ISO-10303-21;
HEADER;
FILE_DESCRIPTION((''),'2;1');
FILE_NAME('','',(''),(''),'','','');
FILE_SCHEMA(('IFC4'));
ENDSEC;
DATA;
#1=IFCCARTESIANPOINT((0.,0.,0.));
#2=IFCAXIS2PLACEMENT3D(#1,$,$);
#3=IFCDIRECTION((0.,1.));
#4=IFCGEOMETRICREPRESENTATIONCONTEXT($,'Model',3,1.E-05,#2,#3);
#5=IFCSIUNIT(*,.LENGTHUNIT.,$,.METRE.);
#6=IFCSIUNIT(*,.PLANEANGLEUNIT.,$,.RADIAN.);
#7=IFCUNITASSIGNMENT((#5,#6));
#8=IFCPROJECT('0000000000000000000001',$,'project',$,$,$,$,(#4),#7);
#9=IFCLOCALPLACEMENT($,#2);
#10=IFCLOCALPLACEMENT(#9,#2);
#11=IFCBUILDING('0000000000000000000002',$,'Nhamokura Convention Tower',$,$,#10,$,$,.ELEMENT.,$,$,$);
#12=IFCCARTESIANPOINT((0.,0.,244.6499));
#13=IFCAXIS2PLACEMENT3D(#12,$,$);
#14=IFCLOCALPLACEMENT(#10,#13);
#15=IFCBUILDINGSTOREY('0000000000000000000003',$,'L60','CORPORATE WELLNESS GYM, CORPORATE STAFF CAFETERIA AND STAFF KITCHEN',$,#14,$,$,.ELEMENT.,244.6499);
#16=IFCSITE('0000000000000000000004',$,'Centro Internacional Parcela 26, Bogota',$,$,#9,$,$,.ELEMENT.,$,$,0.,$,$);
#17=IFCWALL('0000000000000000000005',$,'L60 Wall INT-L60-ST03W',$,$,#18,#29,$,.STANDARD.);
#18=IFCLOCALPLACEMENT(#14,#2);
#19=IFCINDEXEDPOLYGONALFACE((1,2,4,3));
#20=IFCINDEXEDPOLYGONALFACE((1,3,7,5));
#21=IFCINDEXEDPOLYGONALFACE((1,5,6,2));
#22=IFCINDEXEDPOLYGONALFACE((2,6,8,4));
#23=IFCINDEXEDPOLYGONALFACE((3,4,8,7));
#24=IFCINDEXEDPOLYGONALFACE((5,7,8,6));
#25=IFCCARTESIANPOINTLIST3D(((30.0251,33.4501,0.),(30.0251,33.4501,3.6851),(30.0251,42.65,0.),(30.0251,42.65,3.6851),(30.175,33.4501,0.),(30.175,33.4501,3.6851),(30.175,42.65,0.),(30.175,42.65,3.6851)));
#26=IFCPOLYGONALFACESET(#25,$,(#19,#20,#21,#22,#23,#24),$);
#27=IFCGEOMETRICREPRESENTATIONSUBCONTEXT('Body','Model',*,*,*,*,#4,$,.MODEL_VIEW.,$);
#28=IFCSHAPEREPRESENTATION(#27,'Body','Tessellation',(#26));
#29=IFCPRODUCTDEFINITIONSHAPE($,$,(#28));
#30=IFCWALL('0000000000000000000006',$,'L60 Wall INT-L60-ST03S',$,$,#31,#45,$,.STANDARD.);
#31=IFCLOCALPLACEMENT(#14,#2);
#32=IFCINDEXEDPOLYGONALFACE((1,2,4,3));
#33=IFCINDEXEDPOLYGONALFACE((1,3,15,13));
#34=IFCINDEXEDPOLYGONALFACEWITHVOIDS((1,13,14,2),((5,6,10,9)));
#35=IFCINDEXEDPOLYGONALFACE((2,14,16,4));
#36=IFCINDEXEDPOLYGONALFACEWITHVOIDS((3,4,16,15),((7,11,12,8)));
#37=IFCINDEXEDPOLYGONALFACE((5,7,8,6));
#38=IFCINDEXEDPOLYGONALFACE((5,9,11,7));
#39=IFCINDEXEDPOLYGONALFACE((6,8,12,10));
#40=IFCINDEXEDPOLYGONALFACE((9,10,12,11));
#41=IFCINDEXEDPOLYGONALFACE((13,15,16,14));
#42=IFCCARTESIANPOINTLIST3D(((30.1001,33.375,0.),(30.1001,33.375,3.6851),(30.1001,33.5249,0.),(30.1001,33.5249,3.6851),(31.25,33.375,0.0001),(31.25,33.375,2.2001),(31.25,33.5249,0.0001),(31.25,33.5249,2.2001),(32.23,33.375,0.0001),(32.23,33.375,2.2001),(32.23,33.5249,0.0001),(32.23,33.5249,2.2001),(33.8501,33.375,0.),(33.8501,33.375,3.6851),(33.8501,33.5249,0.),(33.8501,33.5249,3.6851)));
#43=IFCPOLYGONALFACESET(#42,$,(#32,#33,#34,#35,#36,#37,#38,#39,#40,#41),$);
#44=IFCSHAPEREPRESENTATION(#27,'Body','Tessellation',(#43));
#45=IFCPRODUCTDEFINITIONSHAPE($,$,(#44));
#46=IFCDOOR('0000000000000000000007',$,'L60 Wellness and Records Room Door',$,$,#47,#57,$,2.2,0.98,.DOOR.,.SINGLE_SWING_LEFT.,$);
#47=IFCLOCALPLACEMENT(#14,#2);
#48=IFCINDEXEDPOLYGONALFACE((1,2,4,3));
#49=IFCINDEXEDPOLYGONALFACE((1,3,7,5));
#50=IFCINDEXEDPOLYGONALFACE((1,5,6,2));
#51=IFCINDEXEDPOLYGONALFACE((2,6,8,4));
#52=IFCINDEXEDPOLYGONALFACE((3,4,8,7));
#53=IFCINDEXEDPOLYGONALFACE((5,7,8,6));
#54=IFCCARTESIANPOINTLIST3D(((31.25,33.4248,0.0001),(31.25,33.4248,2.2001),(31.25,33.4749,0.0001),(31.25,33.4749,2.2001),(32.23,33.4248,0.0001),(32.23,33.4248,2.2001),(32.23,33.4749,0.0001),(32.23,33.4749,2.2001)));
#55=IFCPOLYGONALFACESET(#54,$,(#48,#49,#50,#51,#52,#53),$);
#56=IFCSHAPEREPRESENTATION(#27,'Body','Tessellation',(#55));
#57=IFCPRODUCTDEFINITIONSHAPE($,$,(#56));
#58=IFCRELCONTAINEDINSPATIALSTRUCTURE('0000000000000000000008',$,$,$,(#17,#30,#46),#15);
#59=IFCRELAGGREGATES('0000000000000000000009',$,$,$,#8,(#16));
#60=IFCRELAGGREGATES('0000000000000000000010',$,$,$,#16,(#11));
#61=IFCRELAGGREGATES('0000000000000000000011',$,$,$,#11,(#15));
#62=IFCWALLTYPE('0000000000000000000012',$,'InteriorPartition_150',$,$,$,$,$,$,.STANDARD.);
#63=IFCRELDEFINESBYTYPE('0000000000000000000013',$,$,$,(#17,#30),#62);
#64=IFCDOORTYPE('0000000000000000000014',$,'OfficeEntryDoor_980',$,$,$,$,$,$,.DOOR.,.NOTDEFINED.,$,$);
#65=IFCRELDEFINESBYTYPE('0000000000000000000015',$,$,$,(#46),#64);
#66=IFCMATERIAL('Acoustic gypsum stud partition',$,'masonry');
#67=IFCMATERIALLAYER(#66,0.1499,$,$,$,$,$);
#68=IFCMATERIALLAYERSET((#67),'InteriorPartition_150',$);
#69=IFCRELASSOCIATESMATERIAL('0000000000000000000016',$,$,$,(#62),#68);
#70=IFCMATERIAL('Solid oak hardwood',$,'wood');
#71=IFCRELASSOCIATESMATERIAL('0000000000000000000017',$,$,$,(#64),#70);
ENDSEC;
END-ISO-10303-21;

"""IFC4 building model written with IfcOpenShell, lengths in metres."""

from ifc_helpers import new_model, si_unit, direction, frame, frame_2d, origin, place, context, subcontext, project, spatial, rectangle, extrude, material, layer, layer_set, type_object, element, fill, save


model = new_model("IFC4")

# Units and contexts
model_context = context("Model", 3, precision=1e-05, world=origin(), true_north=direction((0.0, 1.0)))
body_context = subcontext(model_context, "Body", "Model", "MODEL_VIEW")
ifc_project = project(units=[si_unit("LENGTHUNIT", "METRE"), si_unit("PLANEANGLEUNIT", "RADIAN")], contexts=[model_context])

# Site, building, storey
site_placement = place(None, origin())
site = spatial("IfcSite", under=ifc_project, at=site_placement, Name="Centro Internacional Parcela 26, Bogota", CompositionType="ELEMENT", RefElevation=0.0)
building_placement = place(site_placement, origin())
building = spatial("IfcBuilding", under=site, at=building_placement, Name="Nhamokura Convention Tower", CompositionType="ELEMENT")
storey_placement = place(building_placement, frame((0.0, 0.0, 244.6499)))
storey = spatial("IfcBuildingStorey", under=building, at=storey_placement, Name="L60", Description="CORPORATE WELLNESS GYM, CORPORATE STAFF CAFETERIA AND STAFF KITCHEN", CompositionType="ELEMENT", Elevation=244.6499)

# Wall
ifc_material_1 = material(Name="Acoustic gypsum stud partition", Category="masonry")
ifc_layer_1 = layer(ifc_material_1, 0.1499)
ifc_layer_set_1 = layer_set([ifc_layer_1], Name="InteriorPartition_150")
wall_type_1 = type_object("IfcWallType", Name="InteriorPartition_150", PredefinedType="STANDARD", material=ifc_layer_set_1)
wall_1_placement = place(storey_placement, frame((30.1001, 33.45, 0.0), z_axis=(0.0, 0.0, 1.0), x_axis=(0.0, 1.0, 0.0)))
element("IfcWall", 1, at=wall_1_placement, inside=storey, type_object=wall_type_1, Name="L60 Wall INT-L60-ST03W", PredefinedType="STANDARD", context=body_context, shape_type="SweptSolid", body=[
    extrude(rectangle(XDim=9.2, YDim=0.1499, at=frame_2d((4.6001, 0.0))), origin(), (0.0, 0.0, 1.0), 3.6851),
])

# Wall, opening, door
wall_2_placement = place(storey_placement, frame((30.1001, 33.45, 0.0), z_axis=(0.0, 0.0, 1.0), x_axis=(1.0, 0.0, 0.0)))
wall_2 = element("IfcWall", 2, at=wall_2_placement, inside=storey, type_object=wall_type_1, Name="L60 Wall INT-L60-ST03S", PredefinedType="STANDARD", context=body_context, shape_type="SweptSolid", body=[
    extrude(rectangle(XDim=3.75, YDim=0.1499, at=frame_2d((1.875, 0.0))), origin(), (0.0, 0.0, 1.0), 3.6851),
])
opening_1_placement = place(wall_2_placement, frame((1.1499, 0.0, 0.0)))
opening_1 = element("IfcOpeningElement", 3, at=opening_1_placement, cuts=wall_2, PredefinedType="OPENING", context=body_context, shape_type="SweptSolid", body=[
    extrude(rectangle(XDim=0.98, YDim=2.2, at=frame_2d((0.49, 1.1001))), frame((0.0, 0.085, 0.0), z_axis=(0.0, -1.0, 0.0), x_axis=(1.0, 0.0, 0.0)), (0.0, 0.0, 1.0), 0.1699),
])
ifc_material_2 = material(Name="Solid oak hardwood", Category="wood")
door_type_1 = type_object("IfcDoorType", Name="OfficeEntryDoor_980", OperationType="NOTDEFINED", PredefinedType="DOOR", material=ifc_material_2)
door_1_placement = place(opening_1_placement, origin())
door_1 = element("IfcDoor", 4, at=door_1_placement, inside=storey, type_object=door_type_1, Name="L60 Wellness and Records Room Door", OperationType="SINGLE_SWING_LEFT", OverallHeight=2.2, OverallWidth=0.98, PredefinedType="DOOR", context=body_context, shape_type="SweptSolid", body=[
    extrude(rectangle(XDim=0.98, YDim=2.2, at=frame_2d((0.49, 1.1001))), frame((0.0, 0.0249, 0.0), z_axis=(0.0, -1.0, 0.0), x_axis=(1.0, 0.0, 0.0)), (0.0, 0.0, 1.0), 0.05),
])
fill(opening_1, door_1)

save(model, "model.ifc")
